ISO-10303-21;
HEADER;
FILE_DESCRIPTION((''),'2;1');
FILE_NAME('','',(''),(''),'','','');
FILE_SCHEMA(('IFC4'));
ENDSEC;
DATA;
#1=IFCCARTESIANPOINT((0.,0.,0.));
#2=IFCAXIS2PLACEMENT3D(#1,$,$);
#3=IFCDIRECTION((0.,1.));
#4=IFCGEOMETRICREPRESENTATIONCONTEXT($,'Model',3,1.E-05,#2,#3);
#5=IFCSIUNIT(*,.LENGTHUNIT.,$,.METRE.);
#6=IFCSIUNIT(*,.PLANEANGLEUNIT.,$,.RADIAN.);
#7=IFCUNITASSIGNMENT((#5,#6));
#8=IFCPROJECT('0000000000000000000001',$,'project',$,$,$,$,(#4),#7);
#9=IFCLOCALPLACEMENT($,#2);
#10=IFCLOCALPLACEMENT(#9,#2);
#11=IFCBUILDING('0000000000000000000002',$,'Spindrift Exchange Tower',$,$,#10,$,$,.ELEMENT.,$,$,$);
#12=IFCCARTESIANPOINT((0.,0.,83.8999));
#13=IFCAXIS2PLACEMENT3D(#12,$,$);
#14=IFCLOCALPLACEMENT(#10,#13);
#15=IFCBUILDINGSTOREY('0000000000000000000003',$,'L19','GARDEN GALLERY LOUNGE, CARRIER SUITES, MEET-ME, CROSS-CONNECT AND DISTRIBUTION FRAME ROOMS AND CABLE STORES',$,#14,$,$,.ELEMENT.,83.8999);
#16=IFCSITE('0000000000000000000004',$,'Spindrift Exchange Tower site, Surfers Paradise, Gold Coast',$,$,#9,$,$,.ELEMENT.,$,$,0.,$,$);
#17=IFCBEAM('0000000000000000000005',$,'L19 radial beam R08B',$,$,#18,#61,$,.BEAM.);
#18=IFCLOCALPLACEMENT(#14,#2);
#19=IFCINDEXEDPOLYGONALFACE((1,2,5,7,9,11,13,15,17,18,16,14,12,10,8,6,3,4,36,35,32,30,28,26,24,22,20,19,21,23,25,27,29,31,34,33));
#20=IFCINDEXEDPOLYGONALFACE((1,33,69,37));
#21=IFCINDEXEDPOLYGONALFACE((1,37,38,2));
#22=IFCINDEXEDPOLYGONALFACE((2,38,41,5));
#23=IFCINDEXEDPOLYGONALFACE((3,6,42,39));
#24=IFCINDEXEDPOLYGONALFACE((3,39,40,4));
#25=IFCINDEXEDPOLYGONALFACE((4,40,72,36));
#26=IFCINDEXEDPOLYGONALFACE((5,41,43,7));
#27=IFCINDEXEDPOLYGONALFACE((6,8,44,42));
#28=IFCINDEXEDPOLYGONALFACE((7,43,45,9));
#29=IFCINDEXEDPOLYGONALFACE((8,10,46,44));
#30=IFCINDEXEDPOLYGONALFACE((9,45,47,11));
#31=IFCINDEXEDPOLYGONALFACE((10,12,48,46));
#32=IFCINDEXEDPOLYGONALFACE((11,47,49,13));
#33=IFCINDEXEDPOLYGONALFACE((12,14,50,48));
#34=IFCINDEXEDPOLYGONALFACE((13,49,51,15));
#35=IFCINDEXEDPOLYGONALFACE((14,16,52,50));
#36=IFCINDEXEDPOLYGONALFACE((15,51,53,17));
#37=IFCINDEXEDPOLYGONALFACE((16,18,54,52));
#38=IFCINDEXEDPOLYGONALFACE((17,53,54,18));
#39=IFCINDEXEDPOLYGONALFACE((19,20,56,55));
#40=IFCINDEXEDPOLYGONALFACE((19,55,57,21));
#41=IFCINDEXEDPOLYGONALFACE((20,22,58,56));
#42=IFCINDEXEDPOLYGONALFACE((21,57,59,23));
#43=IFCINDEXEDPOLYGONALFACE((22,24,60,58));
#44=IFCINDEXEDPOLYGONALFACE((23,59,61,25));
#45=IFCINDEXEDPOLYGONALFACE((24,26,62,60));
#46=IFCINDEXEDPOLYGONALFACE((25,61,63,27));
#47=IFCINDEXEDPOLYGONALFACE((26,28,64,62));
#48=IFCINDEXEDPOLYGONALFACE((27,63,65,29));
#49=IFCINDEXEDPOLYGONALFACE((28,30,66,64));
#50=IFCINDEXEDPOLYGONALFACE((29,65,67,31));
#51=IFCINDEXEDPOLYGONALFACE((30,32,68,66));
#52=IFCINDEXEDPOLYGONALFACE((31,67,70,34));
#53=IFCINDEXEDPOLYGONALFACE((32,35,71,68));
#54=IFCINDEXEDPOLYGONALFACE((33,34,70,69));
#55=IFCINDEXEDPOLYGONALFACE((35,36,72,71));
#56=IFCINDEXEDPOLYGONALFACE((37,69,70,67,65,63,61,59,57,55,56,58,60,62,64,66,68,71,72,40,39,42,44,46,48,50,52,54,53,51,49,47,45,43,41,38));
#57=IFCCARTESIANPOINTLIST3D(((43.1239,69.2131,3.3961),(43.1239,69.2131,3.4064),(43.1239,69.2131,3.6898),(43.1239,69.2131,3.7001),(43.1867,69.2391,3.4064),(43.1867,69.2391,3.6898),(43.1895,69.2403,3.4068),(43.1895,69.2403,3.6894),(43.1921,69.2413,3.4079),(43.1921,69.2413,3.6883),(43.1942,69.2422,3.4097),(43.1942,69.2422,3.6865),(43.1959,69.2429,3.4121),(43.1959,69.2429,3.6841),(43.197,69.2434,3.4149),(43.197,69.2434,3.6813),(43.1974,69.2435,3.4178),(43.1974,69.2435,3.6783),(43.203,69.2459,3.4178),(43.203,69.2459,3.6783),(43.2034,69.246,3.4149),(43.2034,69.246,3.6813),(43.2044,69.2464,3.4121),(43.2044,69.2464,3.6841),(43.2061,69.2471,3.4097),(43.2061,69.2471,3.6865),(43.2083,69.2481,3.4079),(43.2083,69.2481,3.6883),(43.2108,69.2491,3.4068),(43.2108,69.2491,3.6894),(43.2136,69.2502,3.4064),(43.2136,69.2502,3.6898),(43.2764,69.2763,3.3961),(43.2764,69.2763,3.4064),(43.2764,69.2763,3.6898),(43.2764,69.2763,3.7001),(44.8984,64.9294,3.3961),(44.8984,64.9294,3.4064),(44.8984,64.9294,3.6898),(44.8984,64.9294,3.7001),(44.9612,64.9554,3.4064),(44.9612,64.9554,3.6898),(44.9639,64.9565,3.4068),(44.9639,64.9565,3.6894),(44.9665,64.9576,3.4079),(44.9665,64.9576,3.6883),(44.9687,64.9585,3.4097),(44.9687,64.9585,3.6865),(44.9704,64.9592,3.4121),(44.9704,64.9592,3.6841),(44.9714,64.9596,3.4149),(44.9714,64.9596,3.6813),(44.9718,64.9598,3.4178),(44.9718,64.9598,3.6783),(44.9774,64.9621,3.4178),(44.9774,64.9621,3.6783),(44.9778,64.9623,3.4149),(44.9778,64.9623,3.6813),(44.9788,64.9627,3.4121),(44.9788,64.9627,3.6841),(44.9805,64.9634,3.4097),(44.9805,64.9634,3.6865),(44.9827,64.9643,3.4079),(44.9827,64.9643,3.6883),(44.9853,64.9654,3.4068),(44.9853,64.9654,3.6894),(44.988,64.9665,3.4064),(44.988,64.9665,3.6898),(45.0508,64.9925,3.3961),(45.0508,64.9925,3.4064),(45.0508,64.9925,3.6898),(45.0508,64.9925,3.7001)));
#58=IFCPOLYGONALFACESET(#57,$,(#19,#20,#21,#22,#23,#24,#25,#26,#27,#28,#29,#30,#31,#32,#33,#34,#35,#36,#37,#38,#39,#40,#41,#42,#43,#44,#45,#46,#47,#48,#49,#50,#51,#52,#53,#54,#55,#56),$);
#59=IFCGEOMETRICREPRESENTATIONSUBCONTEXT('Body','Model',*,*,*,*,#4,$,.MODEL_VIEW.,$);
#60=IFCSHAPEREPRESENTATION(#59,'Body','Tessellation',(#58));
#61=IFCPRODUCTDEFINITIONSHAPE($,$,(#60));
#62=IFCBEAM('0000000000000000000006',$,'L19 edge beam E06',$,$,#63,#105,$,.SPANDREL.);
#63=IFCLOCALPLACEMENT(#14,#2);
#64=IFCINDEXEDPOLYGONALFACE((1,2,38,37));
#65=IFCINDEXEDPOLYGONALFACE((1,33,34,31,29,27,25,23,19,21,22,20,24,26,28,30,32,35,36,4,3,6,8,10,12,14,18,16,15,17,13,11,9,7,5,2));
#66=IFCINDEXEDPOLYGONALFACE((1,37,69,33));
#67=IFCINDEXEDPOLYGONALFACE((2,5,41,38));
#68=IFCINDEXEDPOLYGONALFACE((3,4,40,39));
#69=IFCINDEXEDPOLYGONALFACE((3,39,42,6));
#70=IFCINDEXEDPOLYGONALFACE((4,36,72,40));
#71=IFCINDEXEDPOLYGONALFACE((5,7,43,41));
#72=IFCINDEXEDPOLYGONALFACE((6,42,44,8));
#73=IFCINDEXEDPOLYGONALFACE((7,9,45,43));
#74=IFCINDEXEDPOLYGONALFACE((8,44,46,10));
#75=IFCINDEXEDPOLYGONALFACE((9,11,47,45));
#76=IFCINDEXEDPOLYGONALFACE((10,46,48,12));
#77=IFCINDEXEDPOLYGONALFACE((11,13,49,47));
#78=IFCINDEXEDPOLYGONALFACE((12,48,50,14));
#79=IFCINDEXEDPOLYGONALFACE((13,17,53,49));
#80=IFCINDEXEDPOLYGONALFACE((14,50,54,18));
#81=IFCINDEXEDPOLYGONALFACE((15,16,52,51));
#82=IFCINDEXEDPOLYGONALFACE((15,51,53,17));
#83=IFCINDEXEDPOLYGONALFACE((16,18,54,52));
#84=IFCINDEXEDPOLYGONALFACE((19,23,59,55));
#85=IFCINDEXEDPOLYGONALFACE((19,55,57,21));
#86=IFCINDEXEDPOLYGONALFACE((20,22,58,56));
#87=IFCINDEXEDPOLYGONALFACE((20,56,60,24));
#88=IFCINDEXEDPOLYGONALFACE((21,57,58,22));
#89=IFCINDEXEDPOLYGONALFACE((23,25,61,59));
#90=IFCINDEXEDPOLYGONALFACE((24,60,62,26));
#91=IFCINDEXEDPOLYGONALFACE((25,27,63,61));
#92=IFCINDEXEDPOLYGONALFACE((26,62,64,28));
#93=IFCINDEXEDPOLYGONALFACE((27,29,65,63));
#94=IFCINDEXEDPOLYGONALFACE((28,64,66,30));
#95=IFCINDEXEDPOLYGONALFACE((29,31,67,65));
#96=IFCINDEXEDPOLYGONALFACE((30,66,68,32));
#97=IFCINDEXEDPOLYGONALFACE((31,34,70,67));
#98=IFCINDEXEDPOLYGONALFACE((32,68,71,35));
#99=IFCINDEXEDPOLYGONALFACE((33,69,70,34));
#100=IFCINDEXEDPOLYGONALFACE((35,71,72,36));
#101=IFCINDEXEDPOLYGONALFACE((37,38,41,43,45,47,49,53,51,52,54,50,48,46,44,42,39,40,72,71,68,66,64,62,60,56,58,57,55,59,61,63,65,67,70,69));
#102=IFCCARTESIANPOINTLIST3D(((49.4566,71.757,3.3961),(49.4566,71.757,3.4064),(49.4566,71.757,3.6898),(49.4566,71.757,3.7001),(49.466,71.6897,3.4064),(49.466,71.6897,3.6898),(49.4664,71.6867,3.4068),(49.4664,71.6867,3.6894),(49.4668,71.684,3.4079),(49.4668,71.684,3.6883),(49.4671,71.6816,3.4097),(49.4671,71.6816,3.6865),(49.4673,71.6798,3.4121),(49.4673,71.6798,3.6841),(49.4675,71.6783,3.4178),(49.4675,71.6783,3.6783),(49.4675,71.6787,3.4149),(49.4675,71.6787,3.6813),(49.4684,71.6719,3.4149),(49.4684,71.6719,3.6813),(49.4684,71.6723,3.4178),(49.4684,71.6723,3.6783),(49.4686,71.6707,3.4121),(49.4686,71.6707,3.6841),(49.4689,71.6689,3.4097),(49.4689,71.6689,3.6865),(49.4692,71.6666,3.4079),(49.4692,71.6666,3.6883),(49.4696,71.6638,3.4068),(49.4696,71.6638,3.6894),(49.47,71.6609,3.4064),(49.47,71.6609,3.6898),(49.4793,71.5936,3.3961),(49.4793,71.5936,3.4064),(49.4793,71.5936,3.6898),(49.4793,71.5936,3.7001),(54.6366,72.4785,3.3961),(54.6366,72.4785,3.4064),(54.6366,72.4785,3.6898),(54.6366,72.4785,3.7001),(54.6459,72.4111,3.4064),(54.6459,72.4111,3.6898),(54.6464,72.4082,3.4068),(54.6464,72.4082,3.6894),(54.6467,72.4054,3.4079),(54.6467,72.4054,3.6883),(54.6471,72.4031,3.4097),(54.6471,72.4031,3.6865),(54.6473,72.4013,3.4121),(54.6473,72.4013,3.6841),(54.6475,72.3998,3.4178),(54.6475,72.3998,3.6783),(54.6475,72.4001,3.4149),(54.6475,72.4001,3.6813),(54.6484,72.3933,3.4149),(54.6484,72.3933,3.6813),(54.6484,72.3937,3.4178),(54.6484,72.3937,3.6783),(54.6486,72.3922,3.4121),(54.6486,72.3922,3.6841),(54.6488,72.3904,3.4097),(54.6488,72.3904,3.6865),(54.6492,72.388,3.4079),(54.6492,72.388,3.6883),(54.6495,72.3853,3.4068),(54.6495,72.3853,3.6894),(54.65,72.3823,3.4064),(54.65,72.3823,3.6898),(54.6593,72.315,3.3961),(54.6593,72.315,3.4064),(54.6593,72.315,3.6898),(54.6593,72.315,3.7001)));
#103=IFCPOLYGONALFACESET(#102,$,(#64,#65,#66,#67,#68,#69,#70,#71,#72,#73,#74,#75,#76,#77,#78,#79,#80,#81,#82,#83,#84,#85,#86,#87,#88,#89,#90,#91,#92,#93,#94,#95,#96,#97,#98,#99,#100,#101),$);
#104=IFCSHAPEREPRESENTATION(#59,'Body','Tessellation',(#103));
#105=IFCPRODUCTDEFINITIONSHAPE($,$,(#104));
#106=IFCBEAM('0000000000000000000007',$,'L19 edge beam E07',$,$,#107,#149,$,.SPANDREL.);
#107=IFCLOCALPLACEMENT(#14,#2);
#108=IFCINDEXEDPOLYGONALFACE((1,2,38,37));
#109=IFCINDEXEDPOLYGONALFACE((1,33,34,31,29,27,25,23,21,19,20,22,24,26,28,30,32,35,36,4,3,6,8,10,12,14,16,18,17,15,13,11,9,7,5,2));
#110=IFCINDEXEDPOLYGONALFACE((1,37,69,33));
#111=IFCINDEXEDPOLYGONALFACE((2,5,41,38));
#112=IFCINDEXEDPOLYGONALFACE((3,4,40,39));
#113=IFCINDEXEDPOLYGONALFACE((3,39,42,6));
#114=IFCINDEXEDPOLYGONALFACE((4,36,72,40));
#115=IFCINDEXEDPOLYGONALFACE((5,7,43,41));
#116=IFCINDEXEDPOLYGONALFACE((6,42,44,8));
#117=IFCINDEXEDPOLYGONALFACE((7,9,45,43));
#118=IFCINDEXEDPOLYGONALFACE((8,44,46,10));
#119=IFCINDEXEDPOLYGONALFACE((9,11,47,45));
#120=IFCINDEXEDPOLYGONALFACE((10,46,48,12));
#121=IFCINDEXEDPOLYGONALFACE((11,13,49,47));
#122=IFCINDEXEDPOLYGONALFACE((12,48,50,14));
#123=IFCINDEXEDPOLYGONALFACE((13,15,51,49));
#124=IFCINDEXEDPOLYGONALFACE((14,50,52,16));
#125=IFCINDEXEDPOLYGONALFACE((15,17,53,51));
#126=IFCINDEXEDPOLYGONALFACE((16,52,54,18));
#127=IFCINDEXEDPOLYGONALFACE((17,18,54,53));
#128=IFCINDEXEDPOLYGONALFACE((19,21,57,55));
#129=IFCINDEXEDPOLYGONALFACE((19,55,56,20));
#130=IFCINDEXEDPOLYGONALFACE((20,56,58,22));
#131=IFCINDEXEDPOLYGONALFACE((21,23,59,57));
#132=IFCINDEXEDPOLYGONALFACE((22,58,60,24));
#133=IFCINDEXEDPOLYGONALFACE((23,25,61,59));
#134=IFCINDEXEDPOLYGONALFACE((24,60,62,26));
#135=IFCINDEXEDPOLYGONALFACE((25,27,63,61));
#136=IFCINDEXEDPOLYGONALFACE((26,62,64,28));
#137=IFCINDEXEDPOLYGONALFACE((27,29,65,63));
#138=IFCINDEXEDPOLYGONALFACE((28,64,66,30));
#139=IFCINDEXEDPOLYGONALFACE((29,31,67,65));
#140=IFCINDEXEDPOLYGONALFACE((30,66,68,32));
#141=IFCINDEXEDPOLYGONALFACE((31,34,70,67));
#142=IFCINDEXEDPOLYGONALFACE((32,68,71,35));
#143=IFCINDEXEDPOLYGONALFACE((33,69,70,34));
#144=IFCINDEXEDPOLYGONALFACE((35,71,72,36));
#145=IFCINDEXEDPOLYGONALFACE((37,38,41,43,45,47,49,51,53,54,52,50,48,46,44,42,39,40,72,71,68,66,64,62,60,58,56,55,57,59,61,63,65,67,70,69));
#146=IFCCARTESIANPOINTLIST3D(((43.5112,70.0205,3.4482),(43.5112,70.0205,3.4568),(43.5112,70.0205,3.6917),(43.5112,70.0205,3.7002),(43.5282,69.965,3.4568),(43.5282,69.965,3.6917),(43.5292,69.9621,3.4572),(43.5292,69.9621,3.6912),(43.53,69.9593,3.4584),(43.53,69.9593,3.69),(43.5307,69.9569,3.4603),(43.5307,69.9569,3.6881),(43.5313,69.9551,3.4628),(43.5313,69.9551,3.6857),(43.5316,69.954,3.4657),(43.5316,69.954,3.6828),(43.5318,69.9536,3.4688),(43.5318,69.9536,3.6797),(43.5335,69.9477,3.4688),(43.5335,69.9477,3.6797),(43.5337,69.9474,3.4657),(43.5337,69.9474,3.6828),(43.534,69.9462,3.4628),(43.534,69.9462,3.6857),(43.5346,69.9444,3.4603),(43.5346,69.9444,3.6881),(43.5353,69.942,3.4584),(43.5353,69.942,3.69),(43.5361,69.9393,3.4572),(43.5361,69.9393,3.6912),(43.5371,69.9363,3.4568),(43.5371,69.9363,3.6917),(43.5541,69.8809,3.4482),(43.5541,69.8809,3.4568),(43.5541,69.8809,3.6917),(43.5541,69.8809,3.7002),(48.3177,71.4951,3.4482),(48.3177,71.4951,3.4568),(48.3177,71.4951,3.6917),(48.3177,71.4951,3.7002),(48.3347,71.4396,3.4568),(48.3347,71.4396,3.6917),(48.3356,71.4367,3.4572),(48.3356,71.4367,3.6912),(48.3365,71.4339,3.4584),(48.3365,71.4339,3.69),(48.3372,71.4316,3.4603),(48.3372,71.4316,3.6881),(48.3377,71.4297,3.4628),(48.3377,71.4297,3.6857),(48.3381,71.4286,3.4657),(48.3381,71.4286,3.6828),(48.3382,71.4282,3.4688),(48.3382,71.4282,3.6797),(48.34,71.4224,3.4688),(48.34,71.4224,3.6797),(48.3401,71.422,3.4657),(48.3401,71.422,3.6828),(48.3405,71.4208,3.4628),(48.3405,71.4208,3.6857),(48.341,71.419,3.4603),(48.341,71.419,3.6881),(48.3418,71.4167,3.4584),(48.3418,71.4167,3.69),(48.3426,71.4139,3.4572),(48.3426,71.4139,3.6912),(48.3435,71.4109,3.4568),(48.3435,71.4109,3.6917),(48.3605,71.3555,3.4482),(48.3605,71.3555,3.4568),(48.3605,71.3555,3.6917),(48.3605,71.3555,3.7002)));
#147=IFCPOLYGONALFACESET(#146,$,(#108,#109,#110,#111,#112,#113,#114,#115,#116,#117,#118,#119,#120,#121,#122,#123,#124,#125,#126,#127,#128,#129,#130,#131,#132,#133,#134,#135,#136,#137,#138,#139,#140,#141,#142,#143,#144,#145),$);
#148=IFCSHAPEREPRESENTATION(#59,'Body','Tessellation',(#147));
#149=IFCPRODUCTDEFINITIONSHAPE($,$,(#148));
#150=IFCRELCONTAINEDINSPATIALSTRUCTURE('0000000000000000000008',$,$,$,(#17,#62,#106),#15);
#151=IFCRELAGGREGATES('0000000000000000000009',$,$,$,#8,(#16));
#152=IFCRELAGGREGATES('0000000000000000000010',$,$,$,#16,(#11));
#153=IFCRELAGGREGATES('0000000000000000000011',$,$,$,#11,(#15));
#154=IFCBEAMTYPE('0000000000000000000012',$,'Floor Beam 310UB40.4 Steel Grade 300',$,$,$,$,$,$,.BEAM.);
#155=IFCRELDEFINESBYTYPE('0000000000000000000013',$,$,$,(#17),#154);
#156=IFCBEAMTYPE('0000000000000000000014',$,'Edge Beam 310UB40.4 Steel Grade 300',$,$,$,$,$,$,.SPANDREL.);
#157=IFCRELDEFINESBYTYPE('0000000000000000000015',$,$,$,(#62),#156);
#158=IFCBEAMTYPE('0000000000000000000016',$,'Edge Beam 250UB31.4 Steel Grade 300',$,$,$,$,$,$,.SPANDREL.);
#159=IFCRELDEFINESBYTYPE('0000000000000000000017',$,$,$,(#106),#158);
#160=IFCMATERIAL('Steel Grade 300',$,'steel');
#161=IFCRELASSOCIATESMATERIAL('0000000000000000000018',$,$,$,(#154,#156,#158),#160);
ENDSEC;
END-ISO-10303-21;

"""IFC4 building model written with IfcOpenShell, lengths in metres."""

from ifc_helpers import new_model, si_unit, direction, frame, origin, origin_2d, place, context, subcontext, project, spatial, i_section, extrude, source, transform, mapped, material, material_profile, profile_set, type_object, element, save


model = new_model("IFC4")

# Units and contexts
model_context = context("Model", 3, precision=1e-05, world=origin(), true_north=direction((0.0, 1.0)))
body_context = subcontext(model_context, "Body", "Model", "MODEL_VIEW")
ifc_project = project(units=[si_unit("LENGTHUNIT", "METRE"), si_unit("PLANEANGLEUNIT", "RADIAN")], contexts=[model_context])

# Site, building, storey
site_placement = place(None, origin())
site = spatial("IfcSite", under=ifc_project, at=site_placement, Name="Spindrift Exchange Tower site, Surfers Paradise, Gold Coast", CompositionType="ELEMENT", RefElevation=0.0)
building_placement = place(site_placement, origin())
building = spatial("IfcBuilding", under=site, at=building_placement, Name="Spindrift Exchange Tower", CompositionType="ELEMENT")
storey_placement = place(building_placement, frame((0.0, 0.0, 83.8999)))
storey = spatial("IfcBuildingStorey", under=building, at=storey_placement, Name="L19", Description="GARDEN GALLERY LOUNGE, CARRIER SUITES, MEET-ME, CROSS-CONNECT AND DISTRIBUTION FRAME ROOMS AND CABLE STORES", CompositionType="ELEMENT", Elevation=83.8999)

# Beams
ifc_material_1 = material(Name="Steel Grade 300", Category="steel")
ifc_material_profile_1 = material_profile(ifc_material_1, i_section(OverallWidth=0.165, OverallDepth=0.304, WebThickness=0.0061, FlangeThickness=0.0103, FilletRadius=0.0115, at=origin_2d()), Name="310UB40.4")
ifc_profile_set_1 = profile_set([ifc_material_profile_1], Name="Steel Grade 300")
beam_type_1 = type_object("IfcBeamType", Name="Floor Beam 310UB40.4 Steel Grade 300", PredefinedType="BEAM", material=ifc_profile_set_1)
shared_shape_1 = source(origin(), body_context, "Body", "SweptSolid", [
    extrude(i_section(OverallWidth=0.165, OverallDepth=0.304, WebThickness=0.0061, FlangeThickness=0.0103, FilletRadius=0.0115, at=origin_2d()), origin(), (0.0, 0.0, 1.0), 4.6367),
])
beam_1_placement = place(storey_placement, frame((44.9746, 64.9609, 3.5481), z_axis=(-0.382693, 0.923876, 0.0), x_axis=(-0.923876, -0.382693, 0.0)))
element("IfcBeam", 1, at=beam_1_placement, inside=storey, type_object=beam_type_1, Name="L19 radial beam R08B", PredefinedType="BEAM", context=body_context, shape_type="MappedRepresentation", body=[
    mapped(shared_shape_1, transform((0.0, 0.0, 0.0), scale=1.0)),
])
ifc_material_profile_2 = material_profile(ifc_material_1, i_section(OverallWidth=0.165, OverallDepth=0.304, WebThickness=0.0061, FlangeThickness=0.0103, FilletRadius=0.0115, at=origin_2d()), Name="310UB40.4")
ifc_profile_set_2 = profile_set([ifc_material_profile_2], Name="Steel Grade 300")
beam_type_2 = type_object("IfcBeamType", Name="Edge Beam 310UB40.4 Steel Grade 300", PredefinedType="SPANDREL", material=ifc_profile_set_2)
shared_shape_2 = source(origin(), body_context, "Body", "SweptSolid", [
    extrude(i_section(OverallWidth=0.165, OverallDepth=0.304, WebThickness=0.0061, FlangeThickness=0.0103, FilletRadius=0.0115, at=origin_2d()), origin(), (0.0, 0.0, 1.0), 5.23),
])
beam_2_placement = place(storey_placement, frame((54.6479, 72.3967, 3.5481), z_axis=(-0.99044, -0.137944, 0.0), x_axis=(0.137944, -0.99044, 0.0)))
element("IfcBeam", 2, at=beam_2_placement, inside=storey, type_object=beam_type_2, Name="L19 edge beam E06", PredefinedType="SPANDREL", context=body_context, shape_type="MappedRepresentation", body=[
    mapped(shared_shape_2, transform((0.0, 0.0, 0.0), scale=1.0)),
])
ifc_material_profile_3 = material_profile(ifc_material_1, i_section(OverallWidth=0.146, OverallDepth=0.252, WebThickness=0.0061, FlangeThickness=0.0085, FilletRadius=0.012, at=origin_2d()), Name="250UB31.4")
ifc_profile_set_3 = profile_set([ifc_material_profile_3], Name="Steel Grade 300")
beam_type_3 = type_object("IfcBeamType", Name="Edge Beam 250UB31.4 Steel Grade 300", PredefinedType="SPANDREL", material=ifc_profile_set_3)
shared_shape_3 = source(origin(), body_context, "Body", "SweptSolid", [
    extrude(i_section(OverallWidth=0.146, OverallDepth=0.252, WebThickness=0.0061, FlangeThickness=0.0085, FilletRadius=0.012, at=origin_2d()), origin(), (0.0, 0.0, 1.0), 5.0276),
])
beam_3_placement = place(storey_placement, frame((48.3391, 71.4253, 3.5742), z_axis=(-0.956018, -0.293308, 0.0), x_axis=(0.293308, -0.956018, 0.0)))
element("IfcBeam", 3, at=beam_3_placement, inside=storey, type_object=beam_type_3, Name="L19 edge beam E07", PredefinedType="SPANDREL", context=body_context, shape_type="MappedRepresentation", body=[
    mapped(shared_shape_3, transform((0.0, 0.0, 0.0), scale=1.0)),
])

save(model, "model.ifc")
